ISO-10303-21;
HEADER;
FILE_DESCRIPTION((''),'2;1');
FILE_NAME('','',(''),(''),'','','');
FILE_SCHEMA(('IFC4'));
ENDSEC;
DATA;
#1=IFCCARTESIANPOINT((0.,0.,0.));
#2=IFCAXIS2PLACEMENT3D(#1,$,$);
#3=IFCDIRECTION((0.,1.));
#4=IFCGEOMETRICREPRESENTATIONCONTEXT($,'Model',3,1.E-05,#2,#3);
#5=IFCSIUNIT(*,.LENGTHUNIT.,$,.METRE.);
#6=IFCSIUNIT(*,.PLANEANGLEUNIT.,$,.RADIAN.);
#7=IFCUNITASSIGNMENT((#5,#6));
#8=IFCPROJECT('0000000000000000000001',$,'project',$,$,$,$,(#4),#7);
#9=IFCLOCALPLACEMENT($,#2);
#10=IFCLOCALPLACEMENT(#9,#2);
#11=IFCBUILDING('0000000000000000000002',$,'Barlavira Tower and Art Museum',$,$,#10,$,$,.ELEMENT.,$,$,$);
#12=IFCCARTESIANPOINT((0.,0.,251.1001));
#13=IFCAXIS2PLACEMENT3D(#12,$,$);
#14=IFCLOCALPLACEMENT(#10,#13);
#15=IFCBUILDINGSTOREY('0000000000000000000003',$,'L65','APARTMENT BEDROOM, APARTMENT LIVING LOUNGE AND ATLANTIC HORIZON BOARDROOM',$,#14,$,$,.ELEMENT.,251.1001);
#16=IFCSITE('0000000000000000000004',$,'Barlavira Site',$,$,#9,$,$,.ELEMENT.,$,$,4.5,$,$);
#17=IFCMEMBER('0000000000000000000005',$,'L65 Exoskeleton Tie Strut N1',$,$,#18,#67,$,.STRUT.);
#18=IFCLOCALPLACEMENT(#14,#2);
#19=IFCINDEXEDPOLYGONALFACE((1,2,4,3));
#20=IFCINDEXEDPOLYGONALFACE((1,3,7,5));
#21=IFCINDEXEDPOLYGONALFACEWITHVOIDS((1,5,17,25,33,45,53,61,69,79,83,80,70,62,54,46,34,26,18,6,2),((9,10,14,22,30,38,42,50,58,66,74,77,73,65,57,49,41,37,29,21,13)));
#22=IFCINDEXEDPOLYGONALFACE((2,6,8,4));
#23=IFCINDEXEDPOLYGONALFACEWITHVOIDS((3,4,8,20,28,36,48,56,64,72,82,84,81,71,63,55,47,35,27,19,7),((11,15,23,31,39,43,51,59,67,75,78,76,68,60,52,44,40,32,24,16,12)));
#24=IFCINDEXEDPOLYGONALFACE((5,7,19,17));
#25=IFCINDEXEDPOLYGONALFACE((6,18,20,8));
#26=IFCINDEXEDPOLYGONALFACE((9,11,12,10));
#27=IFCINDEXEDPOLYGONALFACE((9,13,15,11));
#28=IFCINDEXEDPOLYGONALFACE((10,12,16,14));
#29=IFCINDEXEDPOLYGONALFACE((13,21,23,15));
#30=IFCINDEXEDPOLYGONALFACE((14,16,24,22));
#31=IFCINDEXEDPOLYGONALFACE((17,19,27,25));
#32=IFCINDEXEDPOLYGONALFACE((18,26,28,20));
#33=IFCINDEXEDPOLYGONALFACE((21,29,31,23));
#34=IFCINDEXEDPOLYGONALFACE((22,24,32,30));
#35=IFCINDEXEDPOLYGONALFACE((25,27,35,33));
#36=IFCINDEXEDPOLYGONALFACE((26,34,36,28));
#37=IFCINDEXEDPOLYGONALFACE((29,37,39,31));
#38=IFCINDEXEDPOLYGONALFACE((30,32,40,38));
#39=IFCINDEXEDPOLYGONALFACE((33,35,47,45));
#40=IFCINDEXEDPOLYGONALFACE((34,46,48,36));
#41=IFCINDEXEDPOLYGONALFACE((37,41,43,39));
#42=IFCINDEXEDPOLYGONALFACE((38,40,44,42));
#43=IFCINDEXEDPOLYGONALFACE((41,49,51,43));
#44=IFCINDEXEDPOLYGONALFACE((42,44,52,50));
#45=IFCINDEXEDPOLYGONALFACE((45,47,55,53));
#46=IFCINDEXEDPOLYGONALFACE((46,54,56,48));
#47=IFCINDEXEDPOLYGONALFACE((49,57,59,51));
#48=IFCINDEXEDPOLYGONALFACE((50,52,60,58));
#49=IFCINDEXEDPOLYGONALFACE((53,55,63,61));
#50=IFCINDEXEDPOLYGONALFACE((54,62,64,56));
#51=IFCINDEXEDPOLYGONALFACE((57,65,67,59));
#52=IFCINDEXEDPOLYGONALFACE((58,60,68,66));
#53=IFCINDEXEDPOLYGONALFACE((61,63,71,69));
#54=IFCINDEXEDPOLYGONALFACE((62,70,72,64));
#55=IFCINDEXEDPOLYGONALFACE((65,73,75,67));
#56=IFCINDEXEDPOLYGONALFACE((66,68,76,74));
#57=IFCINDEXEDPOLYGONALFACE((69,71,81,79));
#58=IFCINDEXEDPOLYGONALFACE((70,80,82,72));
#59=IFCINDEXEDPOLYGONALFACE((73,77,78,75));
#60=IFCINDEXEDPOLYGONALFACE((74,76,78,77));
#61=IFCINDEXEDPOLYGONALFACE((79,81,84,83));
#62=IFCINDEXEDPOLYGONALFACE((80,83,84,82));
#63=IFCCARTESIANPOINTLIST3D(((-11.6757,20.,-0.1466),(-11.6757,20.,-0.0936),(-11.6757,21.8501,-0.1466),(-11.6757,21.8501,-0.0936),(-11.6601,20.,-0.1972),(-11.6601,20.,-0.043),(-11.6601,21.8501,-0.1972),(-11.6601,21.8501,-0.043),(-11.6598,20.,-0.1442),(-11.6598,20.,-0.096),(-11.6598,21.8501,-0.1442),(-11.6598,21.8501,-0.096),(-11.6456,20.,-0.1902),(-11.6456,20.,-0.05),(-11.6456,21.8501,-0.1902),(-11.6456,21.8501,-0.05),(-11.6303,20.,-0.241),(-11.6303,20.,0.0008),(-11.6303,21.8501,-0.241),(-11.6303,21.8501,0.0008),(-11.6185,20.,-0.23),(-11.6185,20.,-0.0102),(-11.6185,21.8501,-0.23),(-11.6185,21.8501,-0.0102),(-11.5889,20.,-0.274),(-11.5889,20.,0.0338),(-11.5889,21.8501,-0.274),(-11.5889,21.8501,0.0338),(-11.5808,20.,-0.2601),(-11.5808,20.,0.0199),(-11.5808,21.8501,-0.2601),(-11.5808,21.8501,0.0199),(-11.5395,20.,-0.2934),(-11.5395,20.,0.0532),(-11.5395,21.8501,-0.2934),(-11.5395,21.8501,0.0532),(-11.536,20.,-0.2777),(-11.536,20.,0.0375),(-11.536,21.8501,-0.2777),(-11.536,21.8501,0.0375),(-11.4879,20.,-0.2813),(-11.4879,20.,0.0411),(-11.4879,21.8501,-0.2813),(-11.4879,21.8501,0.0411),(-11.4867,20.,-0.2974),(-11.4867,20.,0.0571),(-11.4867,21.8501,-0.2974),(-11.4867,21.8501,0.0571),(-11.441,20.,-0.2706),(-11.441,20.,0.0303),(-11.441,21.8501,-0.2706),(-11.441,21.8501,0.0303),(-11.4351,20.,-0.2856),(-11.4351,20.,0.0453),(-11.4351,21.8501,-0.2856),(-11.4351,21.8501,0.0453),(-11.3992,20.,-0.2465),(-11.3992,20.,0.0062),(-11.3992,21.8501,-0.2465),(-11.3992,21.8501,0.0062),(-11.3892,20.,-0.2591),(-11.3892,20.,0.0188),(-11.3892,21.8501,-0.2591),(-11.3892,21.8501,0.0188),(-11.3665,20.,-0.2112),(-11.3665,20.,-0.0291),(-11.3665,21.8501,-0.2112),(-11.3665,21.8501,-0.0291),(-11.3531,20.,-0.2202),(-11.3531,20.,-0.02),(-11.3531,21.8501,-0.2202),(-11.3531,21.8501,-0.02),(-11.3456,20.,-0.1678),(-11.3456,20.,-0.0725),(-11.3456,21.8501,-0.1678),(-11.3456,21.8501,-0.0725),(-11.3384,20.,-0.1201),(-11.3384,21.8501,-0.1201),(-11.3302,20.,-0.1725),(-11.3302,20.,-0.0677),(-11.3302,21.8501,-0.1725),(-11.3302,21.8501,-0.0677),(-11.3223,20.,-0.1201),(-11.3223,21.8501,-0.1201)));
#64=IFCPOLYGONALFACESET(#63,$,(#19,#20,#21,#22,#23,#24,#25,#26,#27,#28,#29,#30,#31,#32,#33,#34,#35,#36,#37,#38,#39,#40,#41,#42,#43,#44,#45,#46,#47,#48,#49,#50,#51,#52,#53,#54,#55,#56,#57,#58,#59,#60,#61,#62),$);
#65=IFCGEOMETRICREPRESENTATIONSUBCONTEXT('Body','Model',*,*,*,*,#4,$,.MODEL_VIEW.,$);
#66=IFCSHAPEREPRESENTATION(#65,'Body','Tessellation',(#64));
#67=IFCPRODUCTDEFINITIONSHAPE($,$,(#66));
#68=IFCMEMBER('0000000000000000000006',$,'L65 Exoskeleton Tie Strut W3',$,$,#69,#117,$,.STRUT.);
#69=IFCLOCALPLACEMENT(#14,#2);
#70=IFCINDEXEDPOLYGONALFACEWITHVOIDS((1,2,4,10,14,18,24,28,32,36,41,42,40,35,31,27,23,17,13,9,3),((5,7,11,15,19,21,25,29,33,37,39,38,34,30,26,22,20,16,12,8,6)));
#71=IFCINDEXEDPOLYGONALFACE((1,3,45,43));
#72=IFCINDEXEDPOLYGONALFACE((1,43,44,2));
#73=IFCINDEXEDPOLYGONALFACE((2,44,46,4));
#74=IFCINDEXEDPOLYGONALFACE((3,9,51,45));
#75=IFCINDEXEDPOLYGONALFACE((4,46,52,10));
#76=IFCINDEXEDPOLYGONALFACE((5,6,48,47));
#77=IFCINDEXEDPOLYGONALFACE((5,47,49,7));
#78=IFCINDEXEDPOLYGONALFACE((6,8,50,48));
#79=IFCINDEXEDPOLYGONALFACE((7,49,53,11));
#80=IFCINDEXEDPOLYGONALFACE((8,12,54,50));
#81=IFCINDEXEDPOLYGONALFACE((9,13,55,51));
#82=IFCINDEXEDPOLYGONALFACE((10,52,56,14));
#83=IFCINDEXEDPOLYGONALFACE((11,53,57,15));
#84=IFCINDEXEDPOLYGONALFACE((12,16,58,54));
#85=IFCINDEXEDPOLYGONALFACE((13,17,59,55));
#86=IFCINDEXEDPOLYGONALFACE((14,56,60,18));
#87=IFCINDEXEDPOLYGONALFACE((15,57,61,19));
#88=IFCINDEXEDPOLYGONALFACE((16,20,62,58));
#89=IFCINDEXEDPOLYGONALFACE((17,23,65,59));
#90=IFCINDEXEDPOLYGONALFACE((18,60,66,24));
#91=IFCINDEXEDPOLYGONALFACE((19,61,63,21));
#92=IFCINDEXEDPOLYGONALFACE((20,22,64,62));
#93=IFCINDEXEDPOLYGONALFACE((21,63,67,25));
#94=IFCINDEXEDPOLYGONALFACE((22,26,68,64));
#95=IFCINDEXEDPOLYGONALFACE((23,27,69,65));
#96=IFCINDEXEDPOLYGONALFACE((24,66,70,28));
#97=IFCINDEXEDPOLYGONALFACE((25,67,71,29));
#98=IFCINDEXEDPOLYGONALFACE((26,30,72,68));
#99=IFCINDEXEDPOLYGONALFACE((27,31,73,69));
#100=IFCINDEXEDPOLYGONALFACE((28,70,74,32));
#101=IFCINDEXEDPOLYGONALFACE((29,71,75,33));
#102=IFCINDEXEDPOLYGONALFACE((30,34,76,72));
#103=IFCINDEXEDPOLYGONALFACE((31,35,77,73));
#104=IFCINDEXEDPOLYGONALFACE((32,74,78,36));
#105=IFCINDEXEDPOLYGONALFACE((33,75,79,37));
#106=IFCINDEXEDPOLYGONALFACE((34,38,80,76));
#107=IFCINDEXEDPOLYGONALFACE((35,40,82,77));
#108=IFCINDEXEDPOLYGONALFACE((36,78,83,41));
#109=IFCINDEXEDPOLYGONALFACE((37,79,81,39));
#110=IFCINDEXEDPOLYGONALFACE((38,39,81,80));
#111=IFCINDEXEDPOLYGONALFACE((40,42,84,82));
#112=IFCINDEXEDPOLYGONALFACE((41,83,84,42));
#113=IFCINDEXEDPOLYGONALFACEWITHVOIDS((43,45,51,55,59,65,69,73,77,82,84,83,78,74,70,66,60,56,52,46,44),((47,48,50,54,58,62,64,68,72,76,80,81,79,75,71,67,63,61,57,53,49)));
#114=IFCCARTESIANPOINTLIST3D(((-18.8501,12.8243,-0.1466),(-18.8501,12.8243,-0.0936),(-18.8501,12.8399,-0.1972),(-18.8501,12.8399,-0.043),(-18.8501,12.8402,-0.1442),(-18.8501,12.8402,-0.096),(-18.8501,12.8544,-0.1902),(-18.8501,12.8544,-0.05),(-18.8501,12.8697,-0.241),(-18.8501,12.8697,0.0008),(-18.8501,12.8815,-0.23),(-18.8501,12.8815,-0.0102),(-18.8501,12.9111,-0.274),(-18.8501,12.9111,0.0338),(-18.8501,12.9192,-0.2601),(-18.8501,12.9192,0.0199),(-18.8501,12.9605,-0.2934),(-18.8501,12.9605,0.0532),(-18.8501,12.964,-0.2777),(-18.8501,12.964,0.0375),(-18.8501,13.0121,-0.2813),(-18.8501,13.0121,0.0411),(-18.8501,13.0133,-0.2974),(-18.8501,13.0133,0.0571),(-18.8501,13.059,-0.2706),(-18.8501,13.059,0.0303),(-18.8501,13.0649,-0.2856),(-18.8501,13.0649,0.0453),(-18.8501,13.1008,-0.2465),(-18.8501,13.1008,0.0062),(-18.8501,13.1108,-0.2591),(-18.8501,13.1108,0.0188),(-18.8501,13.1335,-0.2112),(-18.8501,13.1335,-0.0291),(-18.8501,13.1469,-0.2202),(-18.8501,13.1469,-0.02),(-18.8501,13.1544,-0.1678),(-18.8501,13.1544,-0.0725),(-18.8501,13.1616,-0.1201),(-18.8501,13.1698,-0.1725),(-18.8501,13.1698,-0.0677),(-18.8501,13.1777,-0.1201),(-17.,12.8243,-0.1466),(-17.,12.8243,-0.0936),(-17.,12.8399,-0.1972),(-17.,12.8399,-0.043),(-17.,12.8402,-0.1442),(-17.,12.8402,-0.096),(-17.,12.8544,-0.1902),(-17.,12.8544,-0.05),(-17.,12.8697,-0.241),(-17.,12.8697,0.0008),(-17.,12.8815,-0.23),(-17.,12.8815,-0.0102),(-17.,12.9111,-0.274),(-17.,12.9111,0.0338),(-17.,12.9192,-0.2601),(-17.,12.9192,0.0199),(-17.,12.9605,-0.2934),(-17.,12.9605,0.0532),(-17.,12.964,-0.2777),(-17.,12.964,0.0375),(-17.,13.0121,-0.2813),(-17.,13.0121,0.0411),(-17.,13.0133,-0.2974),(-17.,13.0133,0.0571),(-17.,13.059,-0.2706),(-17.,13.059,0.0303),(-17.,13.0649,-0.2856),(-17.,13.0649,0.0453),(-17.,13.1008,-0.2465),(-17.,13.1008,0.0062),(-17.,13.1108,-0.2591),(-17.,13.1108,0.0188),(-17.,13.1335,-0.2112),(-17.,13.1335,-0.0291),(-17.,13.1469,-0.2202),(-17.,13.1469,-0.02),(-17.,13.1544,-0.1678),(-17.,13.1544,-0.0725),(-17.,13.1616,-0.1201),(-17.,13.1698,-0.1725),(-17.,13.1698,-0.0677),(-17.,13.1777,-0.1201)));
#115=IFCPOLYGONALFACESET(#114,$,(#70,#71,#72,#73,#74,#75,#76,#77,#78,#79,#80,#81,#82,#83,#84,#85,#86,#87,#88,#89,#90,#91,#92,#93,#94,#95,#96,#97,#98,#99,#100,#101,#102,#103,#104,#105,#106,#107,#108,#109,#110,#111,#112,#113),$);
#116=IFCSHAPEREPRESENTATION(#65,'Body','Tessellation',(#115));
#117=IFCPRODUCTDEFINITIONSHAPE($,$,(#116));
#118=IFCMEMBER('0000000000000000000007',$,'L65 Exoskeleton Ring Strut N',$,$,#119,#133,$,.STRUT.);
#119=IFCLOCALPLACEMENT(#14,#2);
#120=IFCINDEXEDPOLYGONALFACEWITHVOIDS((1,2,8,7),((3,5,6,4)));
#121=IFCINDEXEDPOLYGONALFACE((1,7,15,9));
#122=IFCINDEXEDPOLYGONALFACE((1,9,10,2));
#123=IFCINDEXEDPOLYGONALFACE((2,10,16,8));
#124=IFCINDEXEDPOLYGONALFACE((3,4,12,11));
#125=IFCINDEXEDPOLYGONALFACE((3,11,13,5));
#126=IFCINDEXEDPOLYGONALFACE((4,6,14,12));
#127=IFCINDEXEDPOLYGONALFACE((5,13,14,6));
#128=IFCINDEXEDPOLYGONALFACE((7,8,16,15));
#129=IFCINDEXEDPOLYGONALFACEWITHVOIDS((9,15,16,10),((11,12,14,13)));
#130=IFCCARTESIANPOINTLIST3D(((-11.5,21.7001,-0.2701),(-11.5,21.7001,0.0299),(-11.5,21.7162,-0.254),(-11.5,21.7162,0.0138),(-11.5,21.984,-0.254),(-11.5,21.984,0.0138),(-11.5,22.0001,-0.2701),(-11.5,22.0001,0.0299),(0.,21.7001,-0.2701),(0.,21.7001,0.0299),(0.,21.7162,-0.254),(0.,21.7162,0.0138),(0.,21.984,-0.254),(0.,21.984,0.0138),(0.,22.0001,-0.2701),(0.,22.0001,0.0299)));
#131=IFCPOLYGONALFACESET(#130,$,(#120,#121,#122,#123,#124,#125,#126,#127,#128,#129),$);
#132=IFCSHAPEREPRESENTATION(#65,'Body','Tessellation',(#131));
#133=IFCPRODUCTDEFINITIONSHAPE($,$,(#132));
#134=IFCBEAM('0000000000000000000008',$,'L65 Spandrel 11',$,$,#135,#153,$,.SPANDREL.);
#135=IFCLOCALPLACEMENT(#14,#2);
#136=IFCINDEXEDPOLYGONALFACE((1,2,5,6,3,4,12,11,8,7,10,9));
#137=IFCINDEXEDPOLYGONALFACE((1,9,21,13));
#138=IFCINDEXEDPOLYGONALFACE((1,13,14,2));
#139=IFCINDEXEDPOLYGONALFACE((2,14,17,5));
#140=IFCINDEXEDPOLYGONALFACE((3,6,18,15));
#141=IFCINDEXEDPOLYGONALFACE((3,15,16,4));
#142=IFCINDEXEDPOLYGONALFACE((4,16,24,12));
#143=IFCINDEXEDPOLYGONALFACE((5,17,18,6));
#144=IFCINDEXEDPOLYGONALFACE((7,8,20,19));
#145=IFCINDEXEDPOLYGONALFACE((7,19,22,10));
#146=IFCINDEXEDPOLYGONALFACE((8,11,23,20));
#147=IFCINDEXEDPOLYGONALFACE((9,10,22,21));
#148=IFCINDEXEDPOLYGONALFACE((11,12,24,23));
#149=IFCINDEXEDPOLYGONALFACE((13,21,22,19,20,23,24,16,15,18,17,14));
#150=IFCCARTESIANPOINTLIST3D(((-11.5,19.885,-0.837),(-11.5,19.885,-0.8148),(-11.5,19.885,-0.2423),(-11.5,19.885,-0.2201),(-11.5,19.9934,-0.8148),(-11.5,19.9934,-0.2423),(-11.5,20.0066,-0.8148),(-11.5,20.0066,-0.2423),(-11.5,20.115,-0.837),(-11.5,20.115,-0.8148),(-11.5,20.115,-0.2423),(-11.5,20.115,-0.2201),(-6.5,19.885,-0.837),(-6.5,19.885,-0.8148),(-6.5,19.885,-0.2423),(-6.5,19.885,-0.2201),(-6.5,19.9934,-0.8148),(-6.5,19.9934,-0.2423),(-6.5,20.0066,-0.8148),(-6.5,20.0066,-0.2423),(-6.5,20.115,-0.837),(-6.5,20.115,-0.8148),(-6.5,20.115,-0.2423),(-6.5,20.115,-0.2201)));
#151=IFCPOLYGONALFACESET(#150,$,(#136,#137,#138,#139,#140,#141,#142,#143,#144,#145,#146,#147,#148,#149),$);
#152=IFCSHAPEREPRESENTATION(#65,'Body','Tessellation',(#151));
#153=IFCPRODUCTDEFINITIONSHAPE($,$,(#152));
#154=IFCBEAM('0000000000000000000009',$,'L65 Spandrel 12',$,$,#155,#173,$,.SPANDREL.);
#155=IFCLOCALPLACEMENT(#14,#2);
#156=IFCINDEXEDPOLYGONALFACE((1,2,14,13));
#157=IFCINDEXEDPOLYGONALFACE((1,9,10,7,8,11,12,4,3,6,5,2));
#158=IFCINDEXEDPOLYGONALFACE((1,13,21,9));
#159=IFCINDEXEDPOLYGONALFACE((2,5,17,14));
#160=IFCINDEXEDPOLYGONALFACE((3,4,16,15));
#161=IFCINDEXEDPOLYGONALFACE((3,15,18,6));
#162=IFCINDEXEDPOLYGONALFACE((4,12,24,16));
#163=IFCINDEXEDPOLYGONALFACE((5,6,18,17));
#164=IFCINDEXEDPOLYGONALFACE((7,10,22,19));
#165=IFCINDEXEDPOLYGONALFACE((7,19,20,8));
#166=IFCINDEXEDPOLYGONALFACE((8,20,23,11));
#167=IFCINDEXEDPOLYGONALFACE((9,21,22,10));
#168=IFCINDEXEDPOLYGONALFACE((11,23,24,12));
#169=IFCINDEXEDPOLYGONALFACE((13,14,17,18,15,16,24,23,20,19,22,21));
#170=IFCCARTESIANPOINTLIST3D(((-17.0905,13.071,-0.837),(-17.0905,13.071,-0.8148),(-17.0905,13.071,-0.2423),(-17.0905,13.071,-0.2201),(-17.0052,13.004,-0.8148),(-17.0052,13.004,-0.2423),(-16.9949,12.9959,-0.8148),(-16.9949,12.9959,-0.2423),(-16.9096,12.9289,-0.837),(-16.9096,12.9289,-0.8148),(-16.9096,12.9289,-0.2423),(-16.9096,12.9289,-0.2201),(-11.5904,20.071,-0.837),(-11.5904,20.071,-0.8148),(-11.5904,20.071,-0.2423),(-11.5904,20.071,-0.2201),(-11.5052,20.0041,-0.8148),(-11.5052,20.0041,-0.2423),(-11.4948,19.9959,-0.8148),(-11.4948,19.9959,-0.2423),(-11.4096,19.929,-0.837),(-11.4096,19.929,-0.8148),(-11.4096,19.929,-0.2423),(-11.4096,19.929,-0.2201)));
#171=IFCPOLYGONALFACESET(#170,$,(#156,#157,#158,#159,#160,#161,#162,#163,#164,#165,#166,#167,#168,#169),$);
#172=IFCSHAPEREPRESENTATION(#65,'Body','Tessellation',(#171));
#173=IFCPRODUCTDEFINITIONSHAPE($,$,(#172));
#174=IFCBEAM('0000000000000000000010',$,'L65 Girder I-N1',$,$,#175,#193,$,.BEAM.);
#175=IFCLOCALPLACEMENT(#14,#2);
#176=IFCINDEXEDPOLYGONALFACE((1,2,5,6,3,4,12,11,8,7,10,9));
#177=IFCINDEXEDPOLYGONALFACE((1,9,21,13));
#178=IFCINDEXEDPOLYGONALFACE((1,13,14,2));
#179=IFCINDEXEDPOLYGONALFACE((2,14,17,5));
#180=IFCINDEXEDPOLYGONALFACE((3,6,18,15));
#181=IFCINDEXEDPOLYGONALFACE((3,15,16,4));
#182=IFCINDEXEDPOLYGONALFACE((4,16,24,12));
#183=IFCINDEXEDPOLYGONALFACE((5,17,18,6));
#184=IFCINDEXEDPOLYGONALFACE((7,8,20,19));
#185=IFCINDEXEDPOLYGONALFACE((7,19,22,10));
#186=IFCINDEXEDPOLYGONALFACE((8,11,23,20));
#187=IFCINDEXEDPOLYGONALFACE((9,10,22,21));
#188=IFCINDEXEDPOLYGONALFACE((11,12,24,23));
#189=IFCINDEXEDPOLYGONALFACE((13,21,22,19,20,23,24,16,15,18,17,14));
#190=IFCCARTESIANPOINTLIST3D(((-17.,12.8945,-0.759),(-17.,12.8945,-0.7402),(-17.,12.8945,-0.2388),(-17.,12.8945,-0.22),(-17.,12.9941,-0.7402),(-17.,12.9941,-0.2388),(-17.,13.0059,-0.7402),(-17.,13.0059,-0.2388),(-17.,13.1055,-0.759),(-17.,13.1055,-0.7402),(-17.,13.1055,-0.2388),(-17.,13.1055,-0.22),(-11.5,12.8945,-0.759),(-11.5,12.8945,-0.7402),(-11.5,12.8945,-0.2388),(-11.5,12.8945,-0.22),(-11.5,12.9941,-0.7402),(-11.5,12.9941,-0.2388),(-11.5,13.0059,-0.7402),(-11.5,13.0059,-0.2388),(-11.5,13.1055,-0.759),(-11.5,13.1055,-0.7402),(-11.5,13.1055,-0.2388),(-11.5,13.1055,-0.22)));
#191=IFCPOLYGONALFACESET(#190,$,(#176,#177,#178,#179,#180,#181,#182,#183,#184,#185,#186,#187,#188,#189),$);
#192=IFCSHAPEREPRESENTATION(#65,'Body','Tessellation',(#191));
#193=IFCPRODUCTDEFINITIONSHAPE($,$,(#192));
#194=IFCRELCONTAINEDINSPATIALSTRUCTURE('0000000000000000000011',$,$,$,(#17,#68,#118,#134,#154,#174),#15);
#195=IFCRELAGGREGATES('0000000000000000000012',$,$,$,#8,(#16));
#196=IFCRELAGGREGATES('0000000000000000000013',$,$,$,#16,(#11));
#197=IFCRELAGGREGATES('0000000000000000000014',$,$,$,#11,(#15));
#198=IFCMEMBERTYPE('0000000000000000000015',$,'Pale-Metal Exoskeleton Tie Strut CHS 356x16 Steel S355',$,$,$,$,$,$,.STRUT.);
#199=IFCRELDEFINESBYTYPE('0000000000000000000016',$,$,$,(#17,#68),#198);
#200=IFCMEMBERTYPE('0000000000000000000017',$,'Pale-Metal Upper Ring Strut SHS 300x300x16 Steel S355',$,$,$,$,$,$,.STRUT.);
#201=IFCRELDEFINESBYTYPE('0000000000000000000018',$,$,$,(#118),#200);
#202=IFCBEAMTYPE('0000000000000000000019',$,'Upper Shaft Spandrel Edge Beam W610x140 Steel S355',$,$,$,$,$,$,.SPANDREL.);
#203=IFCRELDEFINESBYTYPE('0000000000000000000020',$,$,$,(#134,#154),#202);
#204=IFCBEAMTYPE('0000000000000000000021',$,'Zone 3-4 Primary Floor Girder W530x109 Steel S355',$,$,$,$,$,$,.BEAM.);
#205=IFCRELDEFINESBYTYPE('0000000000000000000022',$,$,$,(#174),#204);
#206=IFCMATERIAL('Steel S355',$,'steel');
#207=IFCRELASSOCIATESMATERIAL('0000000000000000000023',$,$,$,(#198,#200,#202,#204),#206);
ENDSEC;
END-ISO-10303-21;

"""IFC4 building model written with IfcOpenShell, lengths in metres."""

from ifc_helpers import new_model, si_unit, direction, frame, origin, origin_2d, place, context, subcontext, project, spatial, hollow_rectangle, hollow_circle, i_section, extrude, material, material_profile, profile_set, type_object, element, save


model = new_model("IFC4")

# Units and contexts
model_context = context("Model", 3, precision=1e-05, world=origin(), true_north=direction((0.0, 1.0)))
body_context = subcontext(model_context, "Body", "Model", "MODEL_VIEW")
ifc_project = project(units=[si_unit("LENGTHUNIT", "METRE"), si_unit("PLANEANGLEUNIT", "RADIAN")], contexts=[model_context])

# Site, building, storey
site_placement = place(None, origin())
site = spatial("IfcSite", under=ifc_project, at=site_placement, Name="Barlavira Site", CompositionType="ELEMENT", RefElevation=4.5)
building_placement = place(site_placement, origin())
building = spatial("IfcBuilding", under=site, at=building_placement, Name="Barlavira Tower and Art Museum", CompositionType="ELEMENT")
storey_placement = place(building_placement, frame((0.0, 0.0, 251.1001)))
storey = spatial("IfcBuildingStorey", under=building, at=storey_placement, Name="L65", Description="APARTMENT BEDROOM, APARTMENT LIVING LOUNGE AND ATLANTIC HORIZON BOARDROOM", CompositionType="ELEMENT", Elevation=251.1001)

# Members
ifc_material_1 = material(Name="Steel S355", Category="steel")
ifc_material_profile_1 = material_profile(ifc_material_1, hollow_circle(Radius=0.1777, WallThickness=0.0161, at=origin_2d()), Name="CHS 355.6x16.0")
ifc_profile_set_1 = profile_set([ifc_material_profile_1], Name="Steel S355")
member_type_1 = type_object("IfcMemberType", Name="Pale-Metal Exoskeleton Tie Strut CHS 356x16 Steel S355", PredefinedType="STRUT", material=ifc_profile_set_1)
for number, where, z_axis, x_axis, name in (
    (1, (-11.5, 21.8501, -0.1201), (0.0, -1.0, 0.0), (1.0, 0.0, 0.0), "L65 Exoskeleton Tie Strut N1"),
    (2, (-18.8501, 13.0, -0.1201), (1.0, 0.0, 0.0), (0.0, 1.0, 0.0), "L65 Exoskeleton Tie Strut W3"),
):
    element("IfcMember", number, at=place(storey_placement, frame(where, z_axis=z_axis, x_axis=x_axis)), inside=storey, type_object=member_type_1, Name=name, PredefinedType="STRUT", context=body_context, shape_type="SweptSolid", body=[
        extrude(hollow_circle(Radius=0.1777, WallThickness=0.0161, at=origin_2d()), origin(), (0.0, 0.0, 1.0), 1.8501),
    ])
ifc_material_profile_2 = material_profile(ifc_material_1, hollow_rectangle(XDim=0.3, YDim=0.3, WallThickness=0.0161, at=origin_2d()), Name="SHS 300x300x16.0")
ifc_profile_set_2 = profile_set([ifc_material_profile_2], Name="Steel S355")
member_type_2 = type_object("IfcMemberType", Name="Pale-Metal Upper Ring Strut SHS 300x300x16 Steel S355", PredefinedType="STRUT", material=ifc_profile_set_2)
member_1_placement = place(storey_placement, frame((-11.5, 21.8501, -0.1201), z_axis=(1.0, 0.0, 0.0), x_axis=(0.0, 1.0, 0.0)))
element("IfcMember", 3, at=member_1_placement, inside=storey, type_object=member_type_2, Name="L65 Exoskeleton Ring Strut N", PredefinedType="STRUT", context=body_context, shape_type="SweptSolid", body=[
    extrude(hollow_rectangle(XDim=0.3, YDim=0.3, WallThickness=0.0161, at=origin_2d()), origin(), (0.0, 0.0, 1.0), 11.5),
])

# Beams
ifc_material_profile_3 = material_profile(ifc_material_1, i_section(OverallWidth=0.23, OverallDepth=0.6169, WebThickness=0.0132, FlangeThickness=0.0222, at=origin_2d()), Name="W610x140.0")
ifc_profile_set_3 = profile_set([ifc_material_profile_3], Name="Steel S355")
beam_type_1 = type_object("IfcBeamType", Name="Upper Shaft Spandrel Edge Beam W610x140 Steel S355", PredefinedType="SPANDREL", material=ifc_profile_set_3)
beam_1_placement = place(storey_placement, frame((-11.5, 20.0, -0.5286), z_axis=(1.0, 0.0, 0.0), x_axis=(0.0, 1.0, 0.0)))
element("IfcBeam", 4, at=beam_1_placement, inside=storey, type_object=beam_type_1, Name="L65 Spandrel 11", PredefinedType="SPANDREL", context=body_context, shape_type="SweptSolid", body=[
    extrude(i_section(OverallWidth=0.23, OverallDepth=0.6169, WebThickness=0.0132, FlangeThickness=0.0222, at=origin_2d()), origin(), (0.0, 0.0, 1.0), 5.0),
])
beam_2_placement = place(storey_placement, frame((-11.5, 20.0, -0.5286), z_axis=(-0.617822, -0.786318, 0.0), x_axis=(0.786318, -0.617822, 0.0)))
element("IfcBeam", 5, at=beam_2_placement, inside=storey, type_object=beam_type_1, Name="L65 Spandrel 12", PredefinedType="SPANDREL", context=body_context, shape_type="SweptSolid", body=[
    extrude(i_section(OverallWidth=0.23, OverallDepth=0.6169, WebThickness=0.0132, FlangeThickness=0.0222, at=origin_2d()), origin(), (0.0, 0.0, 1.0), 8.9023),
])
ifc_material_profile_4 = material_profile(ifc_material_1, i_section(OverallWidth=0.2109, OverallDepth=0.5391, WebThickness=0.0117, FlangeThickness=0.0188, at=origin_2d()), Name="W530x109.0")
ifc_profile_set_4 = profile_set([ifc_material_profile_4], Name="Steel S355")
beam_type_2 = type_object("IfcBeamType", Name="Zone 3-4 Primary Floor Girder W530x109 Steel S355", PredefinedType="BEAM", material=ifc_profile_set_4)
beam_3_placement = place(storey_placement, frame((-17.0, 13.0, -0.4895), z_axis=(1.0, 0.0, 0.0), x_axis=(0.0, 1.0, 0.0)))
element("IfcBeam", 6, at=beam_3_placement, inside=storey, type_object=beam_type_2, Name="L65 Girder I-N1", PredefinedType="BEAM", context=body_context, shape_type="SweptSolid", body=[
    extrude(i_section(OverallWidth=0.2109, OverallDepth=0.5391, WebThickness=0.0117, FlangeThickness=0.0188, at=origin_2d()), origin(), (0.0, 0.0, 1.0), 5.5),
])

save(model, "model.ifc")
